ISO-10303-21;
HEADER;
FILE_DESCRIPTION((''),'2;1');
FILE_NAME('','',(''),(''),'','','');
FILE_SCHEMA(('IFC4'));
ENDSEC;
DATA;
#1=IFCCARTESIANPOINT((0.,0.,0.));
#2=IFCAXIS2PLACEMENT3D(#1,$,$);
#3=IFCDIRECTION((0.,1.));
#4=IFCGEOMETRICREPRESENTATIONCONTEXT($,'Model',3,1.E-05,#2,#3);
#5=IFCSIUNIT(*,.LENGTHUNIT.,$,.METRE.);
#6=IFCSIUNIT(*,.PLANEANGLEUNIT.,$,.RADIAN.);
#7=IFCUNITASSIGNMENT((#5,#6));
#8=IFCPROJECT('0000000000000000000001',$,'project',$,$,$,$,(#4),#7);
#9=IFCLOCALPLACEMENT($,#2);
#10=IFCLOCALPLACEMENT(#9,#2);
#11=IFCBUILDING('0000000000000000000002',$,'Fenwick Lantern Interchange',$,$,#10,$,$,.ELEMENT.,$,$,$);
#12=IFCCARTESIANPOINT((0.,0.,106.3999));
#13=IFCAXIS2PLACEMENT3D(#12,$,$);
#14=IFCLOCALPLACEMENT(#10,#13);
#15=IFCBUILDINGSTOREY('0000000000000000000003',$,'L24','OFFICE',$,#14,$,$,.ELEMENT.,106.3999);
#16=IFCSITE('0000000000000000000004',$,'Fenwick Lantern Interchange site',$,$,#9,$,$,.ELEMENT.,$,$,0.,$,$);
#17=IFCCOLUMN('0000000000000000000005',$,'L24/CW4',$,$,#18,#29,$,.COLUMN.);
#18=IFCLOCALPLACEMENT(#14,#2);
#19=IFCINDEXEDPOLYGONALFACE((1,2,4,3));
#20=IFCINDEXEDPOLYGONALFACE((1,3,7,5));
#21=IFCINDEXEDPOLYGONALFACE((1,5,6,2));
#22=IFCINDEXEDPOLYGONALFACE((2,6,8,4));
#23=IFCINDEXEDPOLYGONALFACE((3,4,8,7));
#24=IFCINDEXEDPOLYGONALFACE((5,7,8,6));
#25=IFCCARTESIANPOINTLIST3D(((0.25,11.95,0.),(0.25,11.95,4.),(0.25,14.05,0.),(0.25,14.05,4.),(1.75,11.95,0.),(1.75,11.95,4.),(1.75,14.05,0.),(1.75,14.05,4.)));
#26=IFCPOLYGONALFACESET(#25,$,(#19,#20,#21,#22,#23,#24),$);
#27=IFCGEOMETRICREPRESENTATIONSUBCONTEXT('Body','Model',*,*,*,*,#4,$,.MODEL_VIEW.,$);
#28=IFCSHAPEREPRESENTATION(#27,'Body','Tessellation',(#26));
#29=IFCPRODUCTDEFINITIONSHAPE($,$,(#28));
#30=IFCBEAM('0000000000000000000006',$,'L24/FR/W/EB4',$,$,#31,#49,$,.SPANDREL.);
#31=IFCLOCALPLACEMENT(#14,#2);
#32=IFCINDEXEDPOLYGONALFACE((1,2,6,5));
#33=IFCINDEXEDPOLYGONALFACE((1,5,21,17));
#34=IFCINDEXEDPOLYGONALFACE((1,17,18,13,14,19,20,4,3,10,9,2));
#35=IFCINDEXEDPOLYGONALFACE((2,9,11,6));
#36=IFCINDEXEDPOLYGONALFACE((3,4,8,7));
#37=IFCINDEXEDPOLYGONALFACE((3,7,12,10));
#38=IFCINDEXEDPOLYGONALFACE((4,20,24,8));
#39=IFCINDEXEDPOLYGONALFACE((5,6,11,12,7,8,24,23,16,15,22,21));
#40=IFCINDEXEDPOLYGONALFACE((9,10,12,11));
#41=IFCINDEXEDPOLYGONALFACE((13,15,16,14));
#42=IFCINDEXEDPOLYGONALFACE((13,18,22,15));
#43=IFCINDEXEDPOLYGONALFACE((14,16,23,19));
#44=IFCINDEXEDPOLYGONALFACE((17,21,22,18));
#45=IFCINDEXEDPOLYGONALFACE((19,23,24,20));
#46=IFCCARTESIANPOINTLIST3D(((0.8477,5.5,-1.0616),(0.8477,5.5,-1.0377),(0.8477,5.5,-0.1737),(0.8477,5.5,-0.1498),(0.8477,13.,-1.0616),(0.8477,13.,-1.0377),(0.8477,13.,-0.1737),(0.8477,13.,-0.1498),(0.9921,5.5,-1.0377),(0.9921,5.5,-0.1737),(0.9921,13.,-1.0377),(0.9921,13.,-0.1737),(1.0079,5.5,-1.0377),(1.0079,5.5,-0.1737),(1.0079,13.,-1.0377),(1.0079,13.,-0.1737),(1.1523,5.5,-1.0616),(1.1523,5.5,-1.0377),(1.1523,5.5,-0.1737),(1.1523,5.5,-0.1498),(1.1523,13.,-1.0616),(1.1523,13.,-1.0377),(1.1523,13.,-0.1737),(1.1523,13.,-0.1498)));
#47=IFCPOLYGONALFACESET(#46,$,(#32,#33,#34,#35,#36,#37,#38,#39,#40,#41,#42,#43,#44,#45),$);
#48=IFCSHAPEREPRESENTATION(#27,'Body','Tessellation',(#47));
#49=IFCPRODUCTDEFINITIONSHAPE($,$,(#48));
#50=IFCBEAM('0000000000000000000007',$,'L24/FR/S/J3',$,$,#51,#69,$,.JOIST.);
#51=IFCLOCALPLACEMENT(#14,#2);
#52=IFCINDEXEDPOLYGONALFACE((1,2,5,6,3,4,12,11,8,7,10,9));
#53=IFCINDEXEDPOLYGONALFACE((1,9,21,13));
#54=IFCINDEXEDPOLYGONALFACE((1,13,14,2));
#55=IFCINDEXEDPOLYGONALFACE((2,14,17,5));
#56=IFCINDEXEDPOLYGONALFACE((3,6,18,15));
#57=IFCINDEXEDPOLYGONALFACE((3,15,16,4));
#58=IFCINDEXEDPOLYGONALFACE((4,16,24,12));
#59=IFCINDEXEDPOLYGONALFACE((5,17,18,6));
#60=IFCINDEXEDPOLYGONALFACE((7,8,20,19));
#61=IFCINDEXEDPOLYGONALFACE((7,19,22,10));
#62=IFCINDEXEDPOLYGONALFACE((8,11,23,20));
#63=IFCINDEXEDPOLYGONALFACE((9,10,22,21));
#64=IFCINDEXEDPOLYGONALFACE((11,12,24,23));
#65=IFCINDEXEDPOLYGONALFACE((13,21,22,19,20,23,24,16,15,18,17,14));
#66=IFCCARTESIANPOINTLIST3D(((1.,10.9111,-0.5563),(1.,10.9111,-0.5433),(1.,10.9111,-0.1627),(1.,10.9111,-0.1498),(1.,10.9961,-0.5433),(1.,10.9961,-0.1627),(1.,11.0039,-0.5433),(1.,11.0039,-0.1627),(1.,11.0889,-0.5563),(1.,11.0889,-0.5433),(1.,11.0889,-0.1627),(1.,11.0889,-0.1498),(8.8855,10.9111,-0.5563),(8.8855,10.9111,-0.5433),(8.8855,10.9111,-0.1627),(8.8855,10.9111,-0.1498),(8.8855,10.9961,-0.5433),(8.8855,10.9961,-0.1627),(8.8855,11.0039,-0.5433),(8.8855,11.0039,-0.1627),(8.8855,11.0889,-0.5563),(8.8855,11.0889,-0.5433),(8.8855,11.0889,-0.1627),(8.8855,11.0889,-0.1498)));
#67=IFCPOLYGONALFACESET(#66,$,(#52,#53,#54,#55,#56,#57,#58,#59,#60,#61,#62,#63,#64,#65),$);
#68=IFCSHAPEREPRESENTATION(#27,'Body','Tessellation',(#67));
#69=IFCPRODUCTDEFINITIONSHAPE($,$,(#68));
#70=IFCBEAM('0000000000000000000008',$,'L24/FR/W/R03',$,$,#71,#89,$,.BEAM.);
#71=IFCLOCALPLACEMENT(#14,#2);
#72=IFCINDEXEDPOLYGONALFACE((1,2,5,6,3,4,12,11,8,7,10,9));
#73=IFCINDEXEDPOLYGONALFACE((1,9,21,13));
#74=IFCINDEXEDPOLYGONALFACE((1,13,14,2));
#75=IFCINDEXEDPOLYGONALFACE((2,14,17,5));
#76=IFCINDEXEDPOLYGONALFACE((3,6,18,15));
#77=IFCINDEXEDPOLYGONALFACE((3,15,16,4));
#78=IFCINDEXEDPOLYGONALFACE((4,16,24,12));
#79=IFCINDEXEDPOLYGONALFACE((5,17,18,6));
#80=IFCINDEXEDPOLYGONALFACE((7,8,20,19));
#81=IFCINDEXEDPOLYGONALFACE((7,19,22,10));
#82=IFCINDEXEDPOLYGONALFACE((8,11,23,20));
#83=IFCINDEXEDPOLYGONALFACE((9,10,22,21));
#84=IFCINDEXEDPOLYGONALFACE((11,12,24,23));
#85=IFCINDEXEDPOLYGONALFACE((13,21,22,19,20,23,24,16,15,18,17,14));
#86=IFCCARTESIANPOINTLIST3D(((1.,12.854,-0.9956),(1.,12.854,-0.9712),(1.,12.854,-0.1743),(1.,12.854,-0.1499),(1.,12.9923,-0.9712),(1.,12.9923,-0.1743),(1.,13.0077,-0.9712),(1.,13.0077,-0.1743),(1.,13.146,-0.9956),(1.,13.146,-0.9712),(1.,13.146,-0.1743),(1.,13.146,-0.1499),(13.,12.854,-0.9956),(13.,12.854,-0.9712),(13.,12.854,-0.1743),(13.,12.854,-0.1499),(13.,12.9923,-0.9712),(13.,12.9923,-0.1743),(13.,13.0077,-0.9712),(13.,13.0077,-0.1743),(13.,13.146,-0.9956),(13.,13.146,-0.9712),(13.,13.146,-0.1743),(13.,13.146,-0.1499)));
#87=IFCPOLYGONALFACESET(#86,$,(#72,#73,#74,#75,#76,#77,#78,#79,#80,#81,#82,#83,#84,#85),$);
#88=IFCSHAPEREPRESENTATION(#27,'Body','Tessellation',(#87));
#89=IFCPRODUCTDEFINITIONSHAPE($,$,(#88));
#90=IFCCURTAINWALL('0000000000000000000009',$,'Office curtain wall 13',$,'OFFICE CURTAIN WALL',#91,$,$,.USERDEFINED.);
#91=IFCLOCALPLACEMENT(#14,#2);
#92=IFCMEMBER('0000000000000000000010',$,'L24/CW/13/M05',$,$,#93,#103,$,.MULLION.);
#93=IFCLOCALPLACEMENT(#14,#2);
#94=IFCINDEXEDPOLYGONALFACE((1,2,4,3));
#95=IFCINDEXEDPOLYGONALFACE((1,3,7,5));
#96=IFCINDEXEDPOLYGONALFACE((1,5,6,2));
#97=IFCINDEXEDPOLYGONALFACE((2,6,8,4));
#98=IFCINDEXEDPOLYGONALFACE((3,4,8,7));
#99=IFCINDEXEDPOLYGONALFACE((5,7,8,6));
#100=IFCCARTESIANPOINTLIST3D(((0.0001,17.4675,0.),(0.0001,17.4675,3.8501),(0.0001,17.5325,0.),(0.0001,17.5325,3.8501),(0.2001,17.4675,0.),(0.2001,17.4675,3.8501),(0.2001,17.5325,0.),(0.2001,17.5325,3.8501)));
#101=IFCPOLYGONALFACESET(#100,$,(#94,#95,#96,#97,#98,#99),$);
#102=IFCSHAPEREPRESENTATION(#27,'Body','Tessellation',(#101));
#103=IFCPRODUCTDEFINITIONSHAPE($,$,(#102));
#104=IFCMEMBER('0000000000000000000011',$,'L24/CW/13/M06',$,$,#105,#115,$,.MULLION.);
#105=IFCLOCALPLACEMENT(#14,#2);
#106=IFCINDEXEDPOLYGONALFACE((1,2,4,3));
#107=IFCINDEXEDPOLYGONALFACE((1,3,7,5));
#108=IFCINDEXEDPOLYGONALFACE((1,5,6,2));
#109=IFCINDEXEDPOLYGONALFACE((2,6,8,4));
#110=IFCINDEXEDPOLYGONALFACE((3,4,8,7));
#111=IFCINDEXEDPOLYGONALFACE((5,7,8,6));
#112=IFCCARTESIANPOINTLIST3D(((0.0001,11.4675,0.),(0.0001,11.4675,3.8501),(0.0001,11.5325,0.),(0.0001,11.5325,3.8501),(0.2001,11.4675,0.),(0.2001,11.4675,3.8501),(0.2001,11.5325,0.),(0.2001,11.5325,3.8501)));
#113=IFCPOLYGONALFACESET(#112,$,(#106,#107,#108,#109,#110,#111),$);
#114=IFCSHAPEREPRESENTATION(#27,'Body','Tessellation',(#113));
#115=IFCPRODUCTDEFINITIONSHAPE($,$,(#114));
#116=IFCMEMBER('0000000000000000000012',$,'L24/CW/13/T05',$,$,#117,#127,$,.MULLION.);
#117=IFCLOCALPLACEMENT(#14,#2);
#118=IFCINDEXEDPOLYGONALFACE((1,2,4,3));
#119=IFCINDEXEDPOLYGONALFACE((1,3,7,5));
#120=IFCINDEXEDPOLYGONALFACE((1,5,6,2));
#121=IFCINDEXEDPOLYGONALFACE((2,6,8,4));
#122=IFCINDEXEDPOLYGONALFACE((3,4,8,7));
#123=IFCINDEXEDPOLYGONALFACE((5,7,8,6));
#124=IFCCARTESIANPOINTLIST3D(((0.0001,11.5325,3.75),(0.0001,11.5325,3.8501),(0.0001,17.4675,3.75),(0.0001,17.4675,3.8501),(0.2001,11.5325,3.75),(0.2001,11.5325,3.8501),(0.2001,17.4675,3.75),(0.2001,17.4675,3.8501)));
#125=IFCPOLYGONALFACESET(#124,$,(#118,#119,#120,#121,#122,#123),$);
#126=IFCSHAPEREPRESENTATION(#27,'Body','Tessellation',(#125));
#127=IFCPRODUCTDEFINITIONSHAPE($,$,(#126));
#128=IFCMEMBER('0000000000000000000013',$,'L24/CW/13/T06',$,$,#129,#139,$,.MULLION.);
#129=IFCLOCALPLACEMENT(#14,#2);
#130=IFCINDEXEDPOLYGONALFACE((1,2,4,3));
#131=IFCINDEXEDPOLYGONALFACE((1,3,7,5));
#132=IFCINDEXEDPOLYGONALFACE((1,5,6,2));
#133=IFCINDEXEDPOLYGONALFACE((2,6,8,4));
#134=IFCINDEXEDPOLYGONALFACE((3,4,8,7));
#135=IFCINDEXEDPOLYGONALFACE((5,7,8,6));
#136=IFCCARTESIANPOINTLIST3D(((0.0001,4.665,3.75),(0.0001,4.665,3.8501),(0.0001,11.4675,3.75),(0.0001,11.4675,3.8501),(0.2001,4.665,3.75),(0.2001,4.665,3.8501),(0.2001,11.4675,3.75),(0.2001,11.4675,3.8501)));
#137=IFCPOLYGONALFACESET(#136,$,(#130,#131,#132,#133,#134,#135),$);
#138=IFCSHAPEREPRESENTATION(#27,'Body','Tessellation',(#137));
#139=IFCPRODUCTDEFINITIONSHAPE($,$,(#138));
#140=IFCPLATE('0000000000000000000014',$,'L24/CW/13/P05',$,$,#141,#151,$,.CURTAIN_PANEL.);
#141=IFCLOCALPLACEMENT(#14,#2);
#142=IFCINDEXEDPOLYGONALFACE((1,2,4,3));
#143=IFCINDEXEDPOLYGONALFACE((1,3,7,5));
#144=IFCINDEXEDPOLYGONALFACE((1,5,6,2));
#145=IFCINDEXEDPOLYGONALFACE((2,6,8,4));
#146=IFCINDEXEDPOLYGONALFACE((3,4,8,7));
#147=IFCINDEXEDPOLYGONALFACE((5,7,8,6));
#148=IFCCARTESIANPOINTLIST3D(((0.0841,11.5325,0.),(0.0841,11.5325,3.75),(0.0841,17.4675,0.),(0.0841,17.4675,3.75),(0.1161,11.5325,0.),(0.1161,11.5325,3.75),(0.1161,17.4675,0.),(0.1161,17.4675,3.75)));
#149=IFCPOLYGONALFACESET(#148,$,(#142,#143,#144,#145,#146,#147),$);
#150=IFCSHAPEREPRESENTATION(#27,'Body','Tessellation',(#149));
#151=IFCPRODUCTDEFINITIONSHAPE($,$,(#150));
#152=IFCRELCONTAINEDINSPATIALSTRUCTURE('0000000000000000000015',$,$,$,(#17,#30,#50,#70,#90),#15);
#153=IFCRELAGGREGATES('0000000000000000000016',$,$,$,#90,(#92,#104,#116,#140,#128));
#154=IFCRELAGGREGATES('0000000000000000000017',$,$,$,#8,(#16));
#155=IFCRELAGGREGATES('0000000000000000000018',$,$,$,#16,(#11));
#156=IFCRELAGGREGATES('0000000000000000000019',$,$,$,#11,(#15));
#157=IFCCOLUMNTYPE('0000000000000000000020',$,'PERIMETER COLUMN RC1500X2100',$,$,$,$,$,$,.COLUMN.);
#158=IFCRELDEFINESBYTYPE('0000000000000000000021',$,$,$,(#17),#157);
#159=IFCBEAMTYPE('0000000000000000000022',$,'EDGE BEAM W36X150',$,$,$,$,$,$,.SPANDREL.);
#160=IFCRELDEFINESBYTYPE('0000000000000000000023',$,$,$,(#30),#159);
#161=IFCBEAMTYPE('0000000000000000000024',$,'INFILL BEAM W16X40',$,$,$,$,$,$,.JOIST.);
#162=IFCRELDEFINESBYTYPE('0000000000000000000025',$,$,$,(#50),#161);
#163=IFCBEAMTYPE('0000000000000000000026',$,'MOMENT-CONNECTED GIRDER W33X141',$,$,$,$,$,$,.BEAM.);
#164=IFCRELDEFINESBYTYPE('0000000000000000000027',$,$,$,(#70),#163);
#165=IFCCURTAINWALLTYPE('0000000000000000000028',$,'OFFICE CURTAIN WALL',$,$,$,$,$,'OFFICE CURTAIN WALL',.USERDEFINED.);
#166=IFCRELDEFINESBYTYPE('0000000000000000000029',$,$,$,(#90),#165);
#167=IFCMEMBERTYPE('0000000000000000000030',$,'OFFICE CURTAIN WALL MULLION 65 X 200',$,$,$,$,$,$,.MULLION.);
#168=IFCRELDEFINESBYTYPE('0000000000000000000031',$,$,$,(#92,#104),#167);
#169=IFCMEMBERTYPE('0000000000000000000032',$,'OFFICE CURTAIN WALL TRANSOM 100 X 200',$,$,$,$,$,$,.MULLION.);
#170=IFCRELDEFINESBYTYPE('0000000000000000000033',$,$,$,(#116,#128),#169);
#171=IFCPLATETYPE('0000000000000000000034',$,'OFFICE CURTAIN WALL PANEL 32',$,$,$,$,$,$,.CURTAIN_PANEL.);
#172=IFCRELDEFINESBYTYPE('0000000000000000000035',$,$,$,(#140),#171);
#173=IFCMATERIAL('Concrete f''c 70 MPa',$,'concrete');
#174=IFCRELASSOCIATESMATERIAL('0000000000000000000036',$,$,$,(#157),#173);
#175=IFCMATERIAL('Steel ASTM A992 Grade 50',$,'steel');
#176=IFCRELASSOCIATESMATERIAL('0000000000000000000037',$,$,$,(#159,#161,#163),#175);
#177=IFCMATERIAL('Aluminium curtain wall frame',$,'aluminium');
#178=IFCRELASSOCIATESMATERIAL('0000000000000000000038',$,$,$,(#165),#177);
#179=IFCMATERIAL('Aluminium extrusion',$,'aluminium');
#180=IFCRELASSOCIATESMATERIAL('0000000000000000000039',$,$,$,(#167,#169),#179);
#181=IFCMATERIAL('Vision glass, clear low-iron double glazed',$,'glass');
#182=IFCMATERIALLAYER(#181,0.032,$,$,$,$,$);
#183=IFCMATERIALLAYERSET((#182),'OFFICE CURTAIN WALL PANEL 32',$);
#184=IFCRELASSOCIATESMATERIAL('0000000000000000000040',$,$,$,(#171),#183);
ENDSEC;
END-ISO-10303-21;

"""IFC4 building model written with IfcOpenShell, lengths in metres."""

from ifc_helpers import new_model, si_unit, direction, frame, origin, origin_2d, place, context, subcontext, project, spatial, rectangle, i_section, extrude, material, layer, layer_set, material_profile, profile_set, type_object, element, aggregate, save


model = new_model("IFC4")

# Units and contexts
model_context = context("Model", 3, precision=1e-05, world=origin(), true_north=direction((0.0, 1.0)))
body_context = subcontext(model_context, "Body", "Model", "MODEL_VIEW")
ifc_project = project(units=[si_unit("LENGTHUNIT", "METRE"), si_unit("PLANEANGLEUNIT", "RADIAN")], contexts=[model_context])

# Site, building, storey
site_placement = place(None, origin())
site = spatial("IfcSite", under=ifc_project, at=site_placement, Name="Fenwick Lantern Interchange site", CompositionType="ELEMENT", RefElevation=0.0)
building_placement = place(site_placement, origin())
building = spatial("IfcBuilding", under=site, at=building_placement, Name="Fenwick Lantern Interchange", CompositionType="ELEMENT")
storey_placement = place(building_placement, frame((0.0, 0.0, 106.3999)))
storey = spatial("IfcBuildingStorey", under=building, at=storey_placement, Name="L24", Description="OFFICE", CompositionType="ELEMENT", Elevation=106.3999)

# Column
ifc_material_1 = material(Name="Concrete f'c 70 MPa", Category="concrete")
ifc_material_profile_1 = material_profile(ifc_material_1, rectangle(XDim=1.5, YDim=2.1001, at=origin_2d()), Name="RC1500X2100")
ifc_profile_set_1 = profile_set([ifc_material_profile_1], Name="Concrete f'c 70 MPa")
column_type = type_object("IfcColumnType", Name="PERIMETER COLUMN RC1500X2100", PredefinedType="COLUMN", material=ifc_profile_set_1)
column_placement = place(storey_placement, frame((1.0, 13.0, 0.0), z_axis=(0.0, 0.0, 1.0), x_axis=(1.0, 0.0, 0.0)))
element("IfcColumn", 1, at=column_placement, inside=storey, type_object=column_type, Name="L24/CW4", PredefinedType="COLUMN", context=body_context, shape_type="SweptSolid", body=[
    extrude(rectangle(XDim=1.5, YDim=2.1001, at=origin_2d()), origin(), (0.0, 0.0, 1.0), 4.0),
])

# Beams
ifc_material_2 = material(Name="Steel ASTM A992 Grade 50", Category="steel")
ifc_material_profile_2 = material_profile(ifc_material_2, i_section(OverallWidth=0.3047, OverallDepth=0.9119, WebThickness=0.0159, FlangeThickness=0.0239, at=origin_2d()), Name="W36X150")
ifc_profile_set_2 = profile_set([ifc_material_profile_2], Name="Steel ASTM A992 Grade 50")
beam_type_1 = type_object("IfcBeamType", Name="EDGE BEAM W36X150", PredefinedType="SPANDREL", material=ifc_profile_set_2)
beam_1_placement = place(storey_placement, frame((1.0, 13.0, -0.6057), z_axis=(0.0, -1.0, 0.0), x_axis=(1.0, 0.0, 0.0)))
element("IfcBeam", 2, at=beam_1_placement, inside=storey, type_object=beam_type_1, Name="L24/FR/W/EB4", PredefinedType="SPANDREL", context=body_context, shape_type="SweptSolid", body=[
    extrude(i_section(OverallWidth=0.3047, OverallDepth=0.9119, WebThickness=0.0159, FlangeThickness=0.0239, at=origin_2d()), origin(), (0.0, 0.0, 1.0), 7.5),
])
ifc_material_profile_3 = material_profile(ifc_material_2, i_section(OverallWidth=0.1777, OverallDepth=0.4065, WebThickness=0.0078, FlangeThickness=0.0129, at=origin_2d()), Name="W16X40")
ifc_profile_set_3 = profile_set([ifc_material_profile_3], Name="Steel ASTM A992 Grade 50")
beam_type_2 = type_object("IfcBeamType", Name="INFILL BEAM W16X40", PredefinedType="JOIST", material=ifc_profile_set_3)
beam_2_placement = place(storey_placement, frame((1.0, 11.0, -0.353), z_axis=(1.0, 0.0, 0.0), x_axis=(0.0, 1.0, 0.0)))
element("IfcBeam", 3, at=beam_2_placement, inside=storey, type_object=beam_type_2, Name="L24/FR/S/J3", PredefinedType="JOIST", context=body_context, shape_type="SweptSolid", body=[
    extrude(i_section(OverallWidth=0.1777, OverallDepth=0.4065, WebThickness=0.0078, FlangeThickness=0.0129, at=origin_2d()), origin(), (0.0, 0.0, 1.0), 7.8855),
])
ifc_material_profile_4 = material_profile(ifc_material_2, i_section(OverallWidth=0.292, OverallDepth=0.8457, WebThickness=0.0154, FlangeThickness=0.0244, at=origin_2d()), Name="W33X141")
ifc_profile_set_4 = profile_set([ifc_material_profile_4], Name="Steel ASTM A992 Grade 50")
beam_type_3 = type_object("IfcBeamType", Name="MOMENT-CONNECTED GIRDER W33X141", PredefinedType="BEAM", material=ifc_profile_set_4)
beam_3_placement = place(storey_placement, frame((1.0, 13.0, -0.5728), z_axis=(1.0, 0.0, 0.0), x_axis=(0.0, 1.0, 0.0)))
element("IfcBeam", 4, at=beam_3_placement, inside=storey, type_object=beam_type_3, Name="L24/FR/W/R03", PredefinedType="BEAM", context=body_context, shape_type="SweptSolid", body=[
    extrude(i_section(OverallWidth=0.292, OverallDepth=0.8457, WebThickness=0.0154, FlangeThickness=0.0244, at=origin_2d()), origin(), (0.0, 0.0, 1.0), 12.0),
])

# Curtain wall, members, plate
ifc_material_3 = material(Name="Aluminium curtain wall frame", Category="aluminium")
curtain_wall_type = type_object("IfcCurtainWallType", Name="OFFICE CURTAIN WALL", ElementType="OFFICE CURTAIN WALL", PredefinedType="USERDEFINED", material=ifc_material_3)
curtain_wall_placement = place(storey_placement, origin())
curtain_wall = element("IfcCurtainWall", 5, at=curtain_wall_placement, inside=storey, type_object=curtain_wall_type, Name="Office curtain wall 13", ObjectType="OFFICE CURTAIN WALL", PredefinedType="USERDEFINED")
ifc_material_4 = material(Name="Aluminium extrusion", Category="aluminium")
ifc_material_profile_5 = material_profile(ifc_material_4, rectangle(XDim=0.2, YDim=0.0649, at=origin_2d()), Name="OFFICE CURTAIN WALL MULLION 65 X 200")
ifc_profile_set_5 = profile_set([ifc_material_profile_5], Name="Aluminium extrusion")
member_type_1 = type_object("IfcMemberType", Name="OFFICE CURTAIN WALL MULLION 65 X 200", PredefinedType="MULLION", material=ifc_profile_set_5)
member_1_placement = place(storey_placement, frame((0.1001, 17.5, 0.0), z_axis=(0.0, 0.0, 1.0), x_axis=(1.0, 0.0, 0.0)))
member_1 = element("IfcMember", 6, at=member_1_placement, type_object=member_type_1, Name="L24/CW/13/M05", PredefinedType="MULLION", context=body_context, shape_type="SweptSolid", body=[
    extrude(rectangle(XDim=0.2, YDim=0.0649, at=origin_2d()), origin(), (0.0, 0.0, 1.0), 3.8501),
])
member_2_placement = place(storey_placement, frame((0.1001, 11.5, 0.0), z_axis=(0.0, 0.0, 1.0), x_axis=(1.0, 0.0, 0.0)))
member_2 = element("IfcMember", 7, at=member_2_placement, type_object=member_type_1, Name="L24/CW/13/M06", PredefinedType="MULLION", context=body_context, shape_type="SweptSolid", body=[
    extrude(rectangle(XDim=0.2, YDim=0.0649, at=origin_2d()), origin(), (0.0, 0.0, 1.0), 3.8501),
])
ifc_material_profile_6 = material_profile(ifc_material_4, rectangle(XDim=0.2, YDim=0.1001, at=origin_2d()), Name="OFFICE CURTAIN WALL TRANSOM 100 X 200")
ifc_profile_set_6 = profile_set([ifc_material_profile_6], Name="Aluminium extrusion")
member_type_2 = type_object("IfcMemberType", Name="OFFICE CURTAIN WALL TRANSOM 100 X 200", PredefinedType="MULLION", material=ifc_profile_set_6)
member_3_placement = place(storey_placement, frame((0.1001, 17.4675, 3.8), z_axis=(0.0, -1.0, 0.0), x_axis=(1.0, 0.0, 0.0)))
member_3 = element("IfcMember", 8, at=member_3_placement, type_object=member_type_2, Name="L24/CW/13/T05", PredefinedType="MULLION", context=body_context, shape_type="SweptSolid", body=[
    extrude(rectangle(XDim=0.2, YDim=0.1001, at=origin_2d()), origin(), (0.0, 0.0, 1.0), 5.9351),
])
member_4_placement = place(storey_placement, frame((0.1001, 11.4675, 3.8), z_axis=(0.0, -1.0, 0.0), x_axis=(1.0, 0.0, 0.0)))
member_4 = element("IfcMember", 9, at=member_4_placement, type_object=member_type_2, Name="L24/CW/13/T06", PredefinedType="MULLION", context=body_context, shape_type="SweptSolid", body=[
    extrude(rectangle(XDim=0.2, YDim=0.1001, at=origin_2d()), origin(), (0.0, 0.0, 1.0), 6.8025),
])
ifc_material_5 = material(Name="Vision glass, clear low-iron double glazed", Category="glass")
ifc_layer_1 = layer(ifc_material_5, 0.032)
ifc_layer_set_1 = layer_set([ifc_layer_1], Name="OFFICE CURTAIN WALL PANEL 32")
plate_type = type_object("IfcPlateType", Name="OFFICE CURTAIN WALL PANEL 32", PredefinedType="CURTAIN_PANEL", material=ifc_layer_set_1)
plate_placement = place(storey_placement, frame((0.1001, 14.5, 0.0), z_axis=(0.0, 0.0, 1.0), x_axis=(0.0, -1.0, 0.0)))
plate = element("IfcPlate", 10, at=plate_placement, type_object=plate_type, Name="L24/CW/13/P05", PredefinedType="CURTAIN_PANEL", context=body_context, shape_type="SweptSolid", body=[
    extrude(rectangle(XDim=5.9351, YDim=0.032, at=origin_2d()), origin(), (0.0, 0.0, 1.0), 3.75),
])
aggregate(curtain_wall, [member_1, member_2, member_3, plate, member_4])

save(model, "model.ifc")
